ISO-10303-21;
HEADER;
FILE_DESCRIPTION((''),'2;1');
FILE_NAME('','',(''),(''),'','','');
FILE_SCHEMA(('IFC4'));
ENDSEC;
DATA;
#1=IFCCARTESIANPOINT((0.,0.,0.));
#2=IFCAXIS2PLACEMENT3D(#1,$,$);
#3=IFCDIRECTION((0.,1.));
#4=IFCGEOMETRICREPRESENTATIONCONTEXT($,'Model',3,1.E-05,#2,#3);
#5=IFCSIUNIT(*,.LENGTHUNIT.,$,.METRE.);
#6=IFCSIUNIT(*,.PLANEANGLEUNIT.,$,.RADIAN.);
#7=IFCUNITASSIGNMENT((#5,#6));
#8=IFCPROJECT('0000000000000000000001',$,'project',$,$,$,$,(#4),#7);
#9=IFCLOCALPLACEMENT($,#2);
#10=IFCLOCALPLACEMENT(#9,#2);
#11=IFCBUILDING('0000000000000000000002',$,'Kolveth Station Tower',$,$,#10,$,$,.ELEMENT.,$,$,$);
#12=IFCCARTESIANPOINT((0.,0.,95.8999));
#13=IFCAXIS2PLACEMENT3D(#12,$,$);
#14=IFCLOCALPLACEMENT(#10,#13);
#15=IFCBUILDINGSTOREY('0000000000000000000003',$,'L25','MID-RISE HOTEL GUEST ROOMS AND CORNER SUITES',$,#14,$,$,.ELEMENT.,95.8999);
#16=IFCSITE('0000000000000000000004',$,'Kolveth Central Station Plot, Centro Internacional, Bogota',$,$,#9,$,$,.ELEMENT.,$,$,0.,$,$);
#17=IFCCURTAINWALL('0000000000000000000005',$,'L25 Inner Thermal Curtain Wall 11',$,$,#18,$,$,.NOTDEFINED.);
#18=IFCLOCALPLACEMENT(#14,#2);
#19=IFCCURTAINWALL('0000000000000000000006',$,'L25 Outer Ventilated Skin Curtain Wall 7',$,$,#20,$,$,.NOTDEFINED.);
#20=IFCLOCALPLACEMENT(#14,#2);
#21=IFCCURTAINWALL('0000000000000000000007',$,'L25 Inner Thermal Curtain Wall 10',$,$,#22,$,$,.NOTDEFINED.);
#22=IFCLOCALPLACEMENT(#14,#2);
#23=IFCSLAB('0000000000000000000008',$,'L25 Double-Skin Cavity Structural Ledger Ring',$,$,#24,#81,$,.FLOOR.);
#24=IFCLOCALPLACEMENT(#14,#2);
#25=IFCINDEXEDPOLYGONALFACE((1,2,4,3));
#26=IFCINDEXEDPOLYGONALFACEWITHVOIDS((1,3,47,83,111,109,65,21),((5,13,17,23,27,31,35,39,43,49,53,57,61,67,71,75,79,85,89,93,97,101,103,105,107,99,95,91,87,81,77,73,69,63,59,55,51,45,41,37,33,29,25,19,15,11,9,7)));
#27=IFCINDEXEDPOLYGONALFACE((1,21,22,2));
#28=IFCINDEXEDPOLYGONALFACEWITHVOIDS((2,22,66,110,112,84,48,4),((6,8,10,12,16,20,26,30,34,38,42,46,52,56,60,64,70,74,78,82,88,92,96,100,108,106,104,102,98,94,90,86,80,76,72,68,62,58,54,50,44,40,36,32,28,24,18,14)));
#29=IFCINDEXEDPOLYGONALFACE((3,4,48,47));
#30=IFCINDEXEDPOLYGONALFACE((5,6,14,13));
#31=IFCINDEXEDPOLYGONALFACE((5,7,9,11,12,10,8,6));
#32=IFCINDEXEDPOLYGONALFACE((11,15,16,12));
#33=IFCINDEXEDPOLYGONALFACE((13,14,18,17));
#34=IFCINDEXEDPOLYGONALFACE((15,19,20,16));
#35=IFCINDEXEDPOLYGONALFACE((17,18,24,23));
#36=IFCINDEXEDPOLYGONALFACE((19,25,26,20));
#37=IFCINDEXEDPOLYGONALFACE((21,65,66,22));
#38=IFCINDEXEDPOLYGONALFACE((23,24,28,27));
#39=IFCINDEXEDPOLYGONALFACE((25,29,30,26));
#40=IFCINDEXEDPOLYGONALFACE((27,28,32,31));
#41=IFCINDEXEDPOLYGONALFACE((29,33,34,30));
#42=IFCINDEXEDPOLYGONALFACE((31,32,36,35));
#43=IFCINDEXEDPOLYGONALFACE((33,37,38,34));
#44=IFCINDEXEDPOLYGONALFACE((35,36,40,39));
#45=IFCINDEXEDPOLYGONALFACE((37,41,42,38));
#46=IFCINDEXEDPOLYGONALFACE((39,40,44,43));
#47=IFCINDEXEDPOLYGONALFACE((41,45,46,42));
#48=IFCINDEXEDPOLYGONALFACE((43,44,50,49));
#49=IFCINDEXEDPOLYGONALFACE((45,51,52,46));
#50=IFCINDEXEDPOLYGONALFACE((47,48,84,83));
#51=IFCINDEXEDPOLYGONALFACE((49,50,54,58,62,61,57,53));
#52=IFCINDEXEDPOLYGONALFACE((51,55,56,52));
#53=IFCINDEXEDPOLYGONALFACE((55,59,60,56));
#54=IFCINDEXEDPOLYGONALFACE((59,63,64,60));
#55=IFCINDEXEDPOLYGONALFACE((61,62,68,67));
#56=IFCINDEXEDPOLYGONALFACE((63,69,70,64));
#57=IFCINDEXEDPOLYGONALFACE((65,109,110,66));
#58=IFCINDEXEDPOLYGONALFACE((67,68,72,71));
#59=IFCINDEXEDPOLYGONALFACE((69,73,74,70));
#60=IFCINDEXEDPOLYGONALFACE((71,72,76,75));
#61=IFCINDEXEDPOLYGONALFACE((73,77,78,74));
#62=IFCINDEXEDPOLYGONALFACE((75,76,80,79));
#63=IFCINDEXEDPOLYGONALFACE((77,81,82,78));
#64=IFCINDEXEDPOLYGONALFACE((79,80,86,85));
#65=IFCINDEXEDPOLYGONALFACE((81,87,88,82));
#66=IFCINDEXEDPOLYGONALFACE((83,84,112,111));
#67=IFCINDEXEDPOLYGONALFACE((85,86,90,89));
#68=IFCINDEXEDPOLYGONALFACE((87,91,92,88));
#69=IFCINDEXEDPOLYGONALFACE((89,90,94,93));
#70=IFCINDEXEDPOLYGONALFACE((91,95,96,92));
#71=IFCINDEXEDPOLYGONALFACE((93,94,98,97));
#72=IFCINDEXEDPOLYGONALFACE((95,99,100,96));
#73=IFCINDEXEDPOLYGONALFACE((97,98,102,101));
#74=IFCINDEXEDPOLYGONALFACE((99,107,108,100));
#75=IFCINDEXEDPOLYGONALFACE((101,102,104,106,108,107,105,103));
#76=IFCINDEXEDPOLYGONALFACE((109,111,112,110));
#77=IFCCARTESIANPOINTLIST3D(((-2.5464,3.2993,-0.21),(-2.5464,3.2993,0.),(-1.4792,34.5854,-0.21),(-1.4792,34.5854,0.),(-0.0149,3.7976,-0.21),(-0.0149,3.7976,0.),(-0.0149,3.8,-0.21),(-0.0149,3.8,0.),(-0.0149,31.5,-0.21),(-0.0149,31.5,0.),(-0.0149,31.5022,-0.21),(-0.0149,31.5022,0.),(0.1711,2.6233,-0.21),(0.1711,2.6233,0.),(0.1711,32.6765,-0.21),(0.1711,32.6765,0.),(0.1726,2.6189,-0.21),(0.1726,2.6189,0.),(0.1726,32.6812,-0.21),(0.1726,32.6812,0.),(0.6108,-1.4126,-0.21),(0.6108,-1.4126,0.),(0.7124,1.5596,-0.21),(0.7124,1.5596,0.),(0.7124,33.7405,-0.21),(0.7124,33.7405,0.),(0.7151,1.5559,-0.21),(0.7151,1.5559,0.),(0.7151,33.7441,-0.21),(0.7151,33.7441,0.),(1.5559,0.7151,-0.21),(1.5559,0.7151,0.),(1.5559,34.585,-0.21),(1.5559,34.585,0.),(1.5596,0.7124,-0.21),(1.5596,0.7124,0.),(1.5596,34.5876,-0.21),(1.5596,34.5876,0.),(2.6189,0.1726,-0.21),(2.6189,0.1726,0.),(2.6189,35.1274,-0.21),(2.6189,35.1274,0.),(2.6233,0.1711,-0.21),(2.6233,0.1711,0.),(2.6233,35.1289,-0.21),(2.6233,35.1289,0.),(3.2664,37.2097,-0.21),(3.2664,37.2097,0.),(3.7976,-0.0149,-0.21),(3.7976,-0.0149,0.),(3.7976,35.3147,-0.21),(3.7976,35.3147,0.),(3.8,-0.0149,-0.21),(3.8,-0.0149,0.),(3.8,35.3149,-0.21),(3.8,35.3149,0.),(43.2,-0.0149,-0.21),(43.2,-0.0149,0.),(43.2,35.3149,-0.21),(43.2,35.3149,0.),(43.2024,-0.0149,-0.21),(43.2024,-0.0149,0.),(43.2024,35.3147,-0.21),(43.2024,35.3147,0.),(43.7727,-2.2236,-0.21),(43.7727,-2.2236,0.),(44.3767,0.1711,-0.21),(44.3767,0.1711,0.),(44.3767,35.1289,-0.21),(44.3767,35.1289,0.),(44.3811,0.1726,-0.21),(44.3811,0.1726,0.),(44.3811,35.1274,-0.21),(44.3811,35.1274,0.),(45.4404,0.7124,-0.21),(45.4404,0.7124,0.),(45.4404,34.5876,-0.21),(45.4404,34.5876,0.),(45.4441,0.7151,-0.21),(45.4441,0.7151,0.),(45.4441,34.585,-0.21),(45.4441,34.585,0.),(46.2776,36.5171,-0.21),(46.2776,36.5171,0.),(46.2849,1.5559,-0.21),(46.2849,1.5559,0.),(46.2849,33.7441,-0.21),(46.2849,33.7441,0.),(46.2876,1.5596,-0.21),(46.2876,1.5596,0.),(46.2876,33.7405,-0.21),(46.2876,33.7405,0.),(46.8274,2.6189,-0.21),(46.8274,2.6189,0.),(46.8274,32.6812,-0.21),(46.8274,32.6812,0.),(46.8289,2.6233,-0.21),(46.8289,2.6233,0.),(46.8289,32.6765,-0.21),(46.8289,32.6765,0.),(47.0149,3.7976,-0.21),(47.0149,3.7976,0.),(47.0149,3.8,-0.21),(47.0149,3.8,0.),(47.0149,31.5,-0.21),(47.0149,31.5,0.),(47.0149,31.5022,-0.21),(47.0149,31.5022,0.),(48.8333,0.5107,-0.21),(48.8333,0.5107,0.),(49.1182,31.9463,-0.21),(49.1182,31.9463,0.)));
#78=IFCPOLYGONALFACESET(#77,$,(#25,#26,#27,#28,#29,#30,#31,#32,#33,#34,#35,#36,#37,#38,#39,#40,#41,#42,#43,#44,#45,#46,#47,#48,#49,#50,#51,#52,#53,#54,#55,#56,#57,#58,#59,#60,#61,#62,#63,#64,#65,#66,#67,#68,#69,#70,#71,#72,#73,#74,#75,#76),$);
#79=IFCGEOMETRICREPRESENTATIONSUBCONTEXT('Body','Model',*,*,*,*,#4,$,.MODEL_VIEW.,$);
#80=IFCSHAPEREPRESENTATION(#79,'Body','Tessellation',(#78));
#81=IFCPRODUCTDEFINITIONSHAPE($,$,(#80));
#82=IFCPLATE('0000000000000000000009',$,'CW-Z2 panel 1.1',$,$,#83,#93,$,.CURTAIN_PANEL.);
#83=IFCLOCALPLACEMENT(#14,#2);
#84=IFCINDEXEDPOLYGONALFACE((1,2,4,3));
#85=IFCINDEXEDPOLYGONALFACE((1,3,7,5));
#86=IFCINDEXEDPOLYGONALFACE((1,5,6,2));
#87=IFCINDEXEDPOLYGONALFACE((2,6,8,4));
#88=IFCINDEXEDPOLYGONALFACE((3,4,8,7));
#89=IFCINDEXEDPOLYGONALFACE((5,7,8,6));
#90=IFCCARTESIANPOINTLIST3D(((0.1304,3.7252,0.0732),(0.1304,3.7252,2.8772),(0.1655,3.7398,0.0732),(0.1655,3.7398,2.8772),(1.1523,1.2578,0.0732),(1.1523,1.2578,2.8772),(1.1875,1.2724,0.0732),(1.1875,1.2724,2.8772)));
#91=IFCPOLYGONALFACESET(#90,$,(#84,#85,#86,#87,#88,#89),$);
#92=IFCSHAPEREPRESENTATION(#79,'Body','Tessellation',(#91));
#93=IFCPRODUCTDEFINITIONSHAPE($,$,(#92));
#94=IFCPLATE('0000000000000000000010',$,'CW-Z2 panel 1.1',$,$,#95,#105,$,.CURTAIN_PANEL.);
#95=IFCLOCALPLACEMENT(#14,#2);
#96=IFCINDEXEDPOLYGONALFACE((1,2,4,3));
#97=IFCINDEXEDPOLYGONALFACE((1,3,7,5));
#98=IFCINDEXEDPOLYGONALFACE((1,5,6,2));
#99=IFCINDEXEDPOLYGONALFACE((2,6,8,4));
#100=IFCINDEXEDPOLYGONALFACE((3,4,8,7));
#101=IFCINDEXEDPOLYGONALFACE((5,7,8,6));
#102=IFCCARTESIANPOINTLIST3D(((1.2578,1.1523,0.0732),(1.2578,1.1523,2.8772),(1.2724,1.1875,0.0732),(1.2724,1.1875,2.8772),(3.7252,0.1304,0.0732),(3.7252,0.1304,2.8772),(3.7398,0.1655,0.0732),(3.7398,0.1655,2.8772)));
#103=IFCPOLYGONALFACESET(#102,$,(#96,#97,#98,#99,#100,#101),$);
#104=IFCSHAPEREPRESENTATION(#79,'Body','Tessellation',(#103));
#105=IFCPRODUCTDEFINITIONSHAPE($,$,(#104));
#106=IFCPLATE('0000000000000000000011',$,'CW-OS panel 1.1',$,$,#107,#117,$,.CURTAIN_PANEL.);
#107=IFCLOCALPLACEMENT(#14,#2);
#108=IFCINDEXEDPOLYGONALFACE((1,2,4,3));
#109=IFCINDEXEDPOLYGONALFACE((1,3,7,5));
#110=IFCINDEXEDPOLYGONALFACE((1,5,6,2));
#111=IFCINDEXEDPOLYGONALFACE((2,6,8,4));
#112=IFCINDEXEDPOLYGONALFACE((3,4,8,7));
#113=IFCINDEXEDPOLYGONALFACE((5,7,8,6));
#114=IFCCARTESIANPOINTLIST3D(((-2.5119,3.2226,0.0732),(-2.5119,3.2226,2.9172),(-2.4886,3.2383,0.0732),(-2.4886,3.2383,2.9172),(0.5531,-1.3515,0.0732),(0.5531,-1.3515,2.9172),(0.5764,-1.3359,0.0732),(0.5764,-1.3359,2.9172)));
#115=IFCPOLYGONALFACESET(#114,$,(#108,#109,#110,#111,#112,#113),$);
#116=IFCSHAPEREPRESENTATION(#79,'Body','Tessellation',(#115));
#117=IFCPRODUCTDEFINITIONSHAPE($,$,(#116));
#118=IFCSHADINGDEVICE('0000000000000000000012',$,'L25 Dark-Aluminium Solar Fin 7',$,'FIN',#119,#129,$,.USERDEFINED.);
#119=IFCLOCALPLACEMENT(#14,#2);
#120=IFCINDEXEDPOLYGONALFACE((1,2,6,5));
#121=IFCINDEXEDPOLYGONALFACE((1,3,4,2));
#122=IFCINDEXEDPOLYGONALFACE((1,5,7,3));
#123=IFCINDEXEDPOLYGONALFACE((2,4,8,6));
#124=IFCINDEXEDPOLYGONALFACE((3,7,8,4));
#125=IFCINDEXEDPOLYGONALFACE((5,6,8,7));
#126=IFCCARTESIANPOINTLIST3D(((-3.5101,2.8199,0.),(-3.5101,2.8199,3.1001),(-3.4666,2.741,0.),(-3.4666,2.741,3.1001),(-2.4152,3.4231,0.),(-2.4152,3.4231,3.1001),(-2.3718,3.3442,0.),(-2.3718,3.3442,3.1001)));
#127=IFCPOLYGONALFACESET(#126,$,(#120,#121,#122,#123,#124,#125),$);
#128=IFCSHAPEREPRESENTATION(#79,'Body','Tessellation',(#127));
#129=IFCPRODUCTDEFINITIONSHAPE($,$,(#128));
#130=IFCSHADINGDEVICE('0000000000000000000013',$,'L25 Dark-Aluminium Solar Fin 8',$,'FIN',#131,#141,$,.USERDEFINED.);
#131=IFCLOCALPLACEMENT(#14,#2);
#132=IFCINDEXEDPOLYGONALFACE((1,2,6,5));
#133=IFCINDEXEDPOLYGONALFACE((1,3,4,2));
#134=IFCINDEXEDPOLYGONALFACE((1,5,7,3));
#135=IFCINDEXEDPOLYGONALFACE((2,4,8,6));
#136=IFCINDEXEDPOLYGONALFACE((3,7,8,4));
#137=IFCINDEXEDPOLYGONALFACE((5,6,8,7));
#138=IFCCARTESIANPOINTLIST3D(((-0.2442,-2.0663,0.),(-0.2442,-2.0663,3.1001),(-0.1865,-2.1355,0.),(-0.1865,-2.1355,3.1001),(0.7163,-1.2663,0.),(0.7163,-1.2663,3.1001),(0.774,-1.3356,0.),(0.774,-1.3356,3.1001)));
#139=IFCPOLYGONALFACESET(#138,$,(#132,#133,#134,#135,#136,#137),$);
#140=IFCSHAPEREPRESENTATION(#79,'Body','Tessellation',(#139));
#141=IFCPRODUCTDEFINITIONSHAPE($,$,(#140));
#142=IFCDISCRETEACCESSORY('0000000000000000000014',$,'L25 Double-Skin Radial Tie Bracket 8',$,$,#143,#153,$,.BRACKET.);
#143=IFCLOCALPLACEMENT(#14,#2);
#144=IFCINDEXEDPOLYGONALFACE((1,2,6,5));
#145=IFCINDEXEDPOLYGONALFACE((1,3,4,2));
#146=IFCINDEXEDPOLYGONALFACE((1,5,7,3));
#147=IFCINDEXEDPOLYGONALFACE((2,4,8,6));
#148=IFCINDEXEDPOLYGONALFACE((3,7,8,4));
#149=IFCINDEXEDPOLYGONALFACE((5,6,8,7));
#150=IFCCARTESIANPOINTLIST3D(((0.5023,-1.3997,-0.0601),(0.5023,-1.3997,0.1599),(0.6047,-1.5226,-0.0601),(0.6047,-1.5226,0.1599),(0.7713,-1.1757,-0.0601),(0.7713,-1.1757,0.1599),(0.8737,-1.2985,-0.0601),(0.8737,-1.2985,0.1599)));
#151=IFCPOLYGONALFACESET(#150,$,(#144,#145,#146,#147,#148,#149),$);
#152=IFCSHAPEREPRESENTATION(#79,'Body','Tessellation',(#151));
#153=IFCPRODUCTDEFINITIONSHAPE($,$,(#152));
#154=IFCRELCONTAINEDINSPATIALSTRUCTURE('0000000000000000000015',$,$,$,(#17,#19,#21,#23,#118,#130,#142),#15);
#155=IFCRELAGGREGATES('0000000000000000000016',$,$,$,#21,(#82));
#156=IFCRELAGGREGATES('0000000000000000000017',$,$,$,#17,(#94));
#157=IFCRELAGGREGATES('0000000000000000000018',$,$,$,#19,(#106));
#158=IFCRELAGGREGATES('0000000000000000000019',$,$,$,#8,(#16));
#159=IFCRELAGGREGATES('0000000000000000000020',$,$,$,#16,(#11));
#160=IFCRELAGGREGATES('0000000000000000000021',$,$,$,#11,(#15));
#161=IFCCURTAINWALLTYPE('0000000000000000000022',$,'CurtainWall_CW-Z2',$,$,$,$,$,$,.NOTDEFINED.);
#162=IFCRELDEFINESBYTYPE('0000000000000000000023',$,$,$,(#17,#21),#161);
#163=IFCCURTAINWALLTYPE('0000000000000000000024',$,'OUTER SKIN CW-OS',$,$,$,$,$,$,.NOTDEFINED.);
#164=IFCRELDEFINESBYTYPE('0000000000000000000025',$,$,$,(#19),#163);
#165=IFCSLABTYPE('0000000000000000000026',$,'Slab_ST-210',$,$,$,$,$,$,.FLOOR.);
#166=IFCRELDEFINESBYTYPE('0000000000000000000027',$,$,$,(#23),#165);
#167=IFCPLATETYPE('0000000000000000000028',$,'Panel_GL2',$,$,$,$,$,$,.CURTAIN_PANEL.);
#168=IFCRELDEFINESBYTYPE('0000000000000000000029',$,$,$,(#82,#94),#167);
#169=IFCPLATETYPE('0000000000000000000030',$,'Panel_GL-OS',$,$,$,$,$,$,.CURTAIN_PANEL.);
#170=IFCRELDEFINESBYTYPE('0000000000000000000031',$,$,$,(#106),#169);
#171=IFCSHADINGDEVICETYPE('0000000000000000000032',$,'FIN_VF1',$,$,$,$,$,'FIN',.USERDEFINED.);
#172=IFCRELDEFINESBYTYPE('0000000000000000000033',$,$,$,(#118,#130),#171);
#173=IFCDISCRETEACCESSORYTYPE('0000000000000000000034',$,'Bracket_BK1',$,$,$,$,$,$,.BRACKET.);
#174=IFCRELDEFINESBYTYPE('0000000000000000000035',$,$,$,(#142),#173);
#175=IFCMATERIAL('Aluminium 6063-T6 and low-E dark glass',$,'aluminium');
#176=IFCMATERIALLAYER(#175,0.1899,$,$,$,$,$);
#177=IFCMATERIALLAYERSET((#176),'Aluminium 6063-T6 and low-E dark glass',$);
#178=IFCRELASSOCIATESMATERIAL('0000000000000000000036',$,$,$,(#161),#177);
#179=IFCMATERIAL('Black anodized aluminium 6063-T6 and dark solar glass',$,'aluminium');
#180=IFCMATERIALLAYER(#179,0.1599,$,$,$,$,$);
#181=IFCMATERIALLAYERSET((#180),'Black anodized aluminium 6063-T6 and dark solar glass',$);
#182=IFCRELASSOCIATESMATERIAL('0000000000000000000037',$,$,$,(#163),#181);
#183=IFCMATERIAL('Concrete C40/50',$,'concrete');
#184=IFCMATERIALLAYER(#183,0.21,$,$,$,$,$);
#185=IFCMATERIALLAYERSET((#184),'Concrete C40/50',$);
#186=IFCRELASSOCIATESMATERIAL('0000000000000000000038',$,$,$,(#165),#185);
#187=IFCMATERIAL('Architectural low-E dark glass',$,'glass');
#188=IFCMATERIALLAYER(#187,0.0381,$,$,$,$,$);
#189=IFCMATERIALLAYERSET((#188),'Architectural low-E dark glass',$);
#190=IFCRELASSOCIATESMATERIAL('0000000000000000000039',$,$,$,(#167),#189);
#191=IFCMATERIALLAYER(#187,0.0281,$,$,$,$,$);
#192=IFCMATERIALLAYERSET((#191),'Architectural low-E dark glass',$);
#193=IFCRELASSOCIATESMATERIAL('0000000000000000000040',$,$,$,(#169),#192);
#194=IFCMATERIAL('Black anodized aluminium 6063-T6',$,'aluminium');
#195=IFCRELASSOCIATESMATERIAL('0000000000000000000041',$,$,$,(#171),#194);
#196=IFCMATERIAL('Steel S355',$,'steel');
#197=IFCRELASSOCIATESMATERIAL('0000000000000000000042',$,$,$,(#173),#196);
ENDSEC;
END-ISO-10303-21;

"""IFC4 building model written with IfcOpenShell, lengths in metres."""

from ifc_helpers import new_model, si_unit, direction, frame, origin, origin_2d, place, context, subcontext, project, spatial, polyline, rectangle, outline, extrude, source, transform, mapped, material, layer, layer_set, type_object, element, aggregate, save


model = new_model("IFC4")

# Units and contexts
model_context = context("Model", 3, precision=1e-05, world=origin(), true_north=direction((0.0, 1.0)))
body_context = subcontext(model_context, "Body", "Model", "MODEL_VIEW")
ifc_project = project(units=[si_unit("LENGTHUNIT", "METRE"), si_unit("PLANEANGLEUNIT", "RADIAN")], contexts=[model_context])

# Site, building, storey
site_placement = place(None, origin())
site = spatial("IfcSite", under=ifc_project, at=site_placement, Name="Kolveth Central Station Plot, Centro Internacional, Bogota", CompositionType="ELEMENT", RefElevation=0.0)
building_placement = place(site_placement, origin())
building = spatial("IfcBuilding", under=site, at=building_placement, Name="Kolveth Station Tower", CompositionType="ELEMENT")
storey_placement = place(building_placement, frame((0.0, 0.0, 95.8999)))
storey = spatial("IfcBuildingStorey", under=building, at=storey_placement, Name="L25", Description="MID-RISE HOTEL GUEST ROOMS AND CORNER SUITES", CompositionType="ELEMENT", Elevation=95.8999)

# Curtain wall
ifc_material_1 = material(Name="Aluminium 6063-T6 and low-E dark glass", Category="aluminium")
ifc_layer_1 = layer(ifc_material_1, 0.1899)
ifc_layer_set_1 = layer_set([ifc_layer_1], Name="Aluminium 6063-T6 and low-E dark glass")
curtain_wall_type_1 = type_object("IfcCurtainWallType", Name="CurtainWall_CW-Z2", PredefinedType="NOTDEFINED", material=ifc_layer_set_1)
curtain_wall_1_placement = place(storey_placement, origin())
curtain_wall_1 = element("IfcCurtainWall", 1, at=curtain_wall_1_placement, inside=storey, type_object=curtain_wall_type_1, Name="L25 Inner Thermal Curtain Wall 11", PredefinedType="NOTDEFINED")
ifc_material_2 = material(Name="Black anodized aluminium 6063-T6", Category="aluminium")

# Curtain walls
ifc_material_3 = material(Name="Black anodized aluminium 6063-T6 and dark solar glass", Category="aluminium")
ifc_layer_2 = layer(ifc_material_3, 0.1599)
ifc_layer_set_2 = layer_set([ifc_layer_2], Name="Black anodized aluminium 6063-T6 and dark solar glass")
curtain_wall_type_2 = type_object("IfcCurtainWallType", Name="OUTER SKIN CW-OS", PredefinedType="NOTDEFINED", material=ifc_layer_set_2)
curtain_wall_2_placement = place(storey_placement, origin())
curtain_wall_2 = element("IfcCurtainWall", 2, at=curtain_wall_2_placement, inside=storey, type_object=curtain_wall_type_2, Name="L25 Outer Ventilated Skin Curtain Wall 7", PredefinedType="NOTDEFINED")
curtain_wall_3_placement = place(storey_placement, origin())
curtain_wall_3 = element("IfcCurtainWall", 3, at=curtain_wall_3_placement, inside=storey, type_object=curtain_wall_type_1, Name="L25 Inner Thermal Curtain Wall 10", PredefinedType="NOTDEFINED")

# Shared definitions
ifc_material_4 = material(Name="Concrete C40/50", Category="concrete")

# Slab
ifc_layer_3 = layer(ifc_material_4, 0.21)
ifc_layer_set_3 = layer_set([ifc_layer_3], Name="Concrete C40/50")
slab_type_1 = type_object("IfcSlabType", Name="Slab_ST-210", PredefinedType="FLOOR", material=ifc_layer_set_3)
slab_1_placement = place(storey_placement, frame((0.0, 0.0, -0.21)))
element("IfcSlab", 4, at=slab_1_placement, inside=storey, type_object=slab_type_1, Name="L25 Double-Skin Cavity Structural Ledger Ring", PredefinedType="FLOOR", context=body_context, shape_type="SweptSolid", body=[
    extrude(outline(polyline([(0.6108, -1.4126), (-2.5464, 3.2993), (-1.4792, 34.5854), (3.2664, 37.2097), (46.2776, 36.5171), (49.1182, 31.9463), (48.8333, 0.5107), (43.7727, -2.2236), (0.6108, -1.4126)]), holes=[polyline([(43.2024, -0.0149), (44.3767, 0.1711), (44.3811, 0.1726), (45.4404, 0.7124), (45.4441, 0.7151), (46.2849, 1.5559), (46.2876, 1.5596), (46.8274, 2.6189), (46.8289, 2.6233), (47.0149, 3.7976), (47.0149, 3.8), (47.0149, 31.5), (47.0149, 31.5022), (46.8289, 32.6765), (46.8274, 32.6812), (46.2876, 33.7405), (46.2849, 33.7441), (45.4441, 34.585), (45.4404, 34.5876), (44.3811, 35.1274), (44.3767, 35.1289), (43.2024, 35.3147), (43.2, 35.3149), (3.8, 35.3149), (3.7976, 35.3147), (2.6233, 35.1289), (2.6189, 35.1274), (1.5596, 34.5876), (1.5559, 34.585), (0.7151, 33.7441), (0.7124, 33.7405), (0.1726, 32.6812), (0.1711, 32.6765), (-0.0149, 31.5022), (-0.0149, 31.5), (-0.0149, 3.8), (-0.0149, 3.7976), (0.1711, 2.6233), (0.1726, 2.6189), (0.7124, 1.5596), (0.7151, 1.5559), (1.5559, 0.7151), (1.5596, 0.7124), (2.6189, 0.1726), (2.6233, 0.1711), (3.7976, -0.0149), (3.8, -0.0149), (43.2, -0.0149), (43.2024, -0.0149)])]), origin(), (0.0, 0.0, 1.0), 0.21),
])

# Plates
ifc_material_5 = material(Name="Architectural low-E dark glass", Category="glass")
ifc_layer_4 = layer(ifc_material_5, 0.0381)
ifc_layer_set_4 = layer_set([ifc_layer_4], Name="Architectural low-E dark glass")
plate_type_1 = type_object("IfcPlateType", Name="Panel_GL2", PredefinedType="CURTAIN_PANEL", material=ifc_layer_set_4)
shared_shape_1 = source(origin(), body_context, "Body", "SweptSolid", [
    extrude(rectangle(XDim=2.6707, YDim=0.0381, at=origin_2d()), origin(), (0.0, 0.0, 1.0), 2.804),
])
plate_1_placement = place(storey_placement, frame((0.6589, 2.4988, 0.0732), z_axis=(0.0, 0.0, 1.0), x_axis=(0.382663, -0.923888, 0.0)))
plate_1 = element("IfcPlate", 5, at=plate_1_placement, type_object=plate_type_1, Name="CW-Z2 panel 1.1", PredefinedType="CURTAIN_PANEL", context=body_context, shape_type="MappedRepresentation", body=[
    mapped(shared_shape_1, transform((0.0, 0.0, 0.0), x_axis=(1.0, 0.0, 0.0), y_axis=(0.0, 1.0, 0.0), z_axis=(0.0, 0.0, 1.0), scale=1.0)),
])
aggregate(curtain_wall_3, [plate_1])
plate_2_placement = place(storey_placement, frame((2.4988, 0.6589, 0.0732), z_axis=(0.0, 0.0, 1.0), x_axis=(0.923888, -0.382663, 0.0)))
plate_2 = element("IfcPlate", 6, at=plate_2_placement, type_object=plate_type_1, Name="CW-Z2 panel 1.1", PredefinedType="CURTAIN_PANEL", context=body_context, shape_type="MappedRepresentation", body=[
    mapped(shared_shape_1, transform((0.0, 0.0, 0.0), x_axis=(1.0, 0.0, 0.0), y_axis=(0.0, 1.0, 0.0), z_axis=(0.0, 0.0, 1.0), scale=1.0)),
])
aggregate(curtain_wall_1, [plate_2])
ifc_layer_5 = layer(ifc_material_5, 0.0281)
ifc_layer_set_5 = layer_set([ifc_layer_5], Name="Architectural low-E dark glass")
plate_type_2 = type_object("IfcPlateType", Name="Panel_GL-OS", PredefinedType="CURTAIN_PANEL", material=ifc_layer_set_5)
shared_shape_2 = source(origin(), body_context, "Body", "SweptSolid", [
    extrude(rectangle(XDim=5.5061, YDim=0.0281, at=origin_2d()), origin(), (0.0, 0.0, 1.0), 2.844),
])
plate_3_placement = place(storey_placement, frame((-0.9678, 0.9434, 0.0732), z_axis=(0.0, 0.0, 1.0), x_axis=(0.556652, -0.830746, 0.0)))
plate_3 = element("IfcPlate", 7, at=plate_3_placement, type_object=plate_type_2, Name="CW-OS panel 1.1", PredefinedType="CURTAIN_PANEL", context=body_context, shape_type="MappedRepresentation", body=[
    mapped(shared_shape_2, transform((0.0, 0.0, 0.0), x_axis=(1.0, 0.0, 0.0), y_axis=(0.0, 1.0, 0.0), z_axis=(0.0, 0.0, 1.0), scale=1.0)),
])
aggregate(curtain_wall_2, [plate_3])

# Shading devices
shading_device_type = type_object("IfcShadingDeviceType", Name="FIN_VF1", ElementType="FIN", PredefinedType="USERDEFINED", material=ifc_material_2)
shared_shape_3 = source(origin(), body_context, "Body", "SweptSolid", [
    extrude(rectangle(XDim=1.25, YDim=0.0901, at=origin_2d()), origin(), (0.0, 0.0, 1.0), 3.1001),
])
for number, where, z_axis, x_axis, name in (
    (8, (-2.9409, 3.082, 0.0), (0.0, 0.0, 1.0), (-0.875886, -0.482518, 0.0), "L25 Dark-Aluminium Solar Fin 7"),
    (9, (0.2649, -1.7009, 0.0), (0.0, 0.0, 1.0), (-0.768395, -0.639976, 0.0), "L25 Dark-Aluminium Solar Fin 8"),
):
    element("IfcShadingDevice", number, at=place(storey_placement, frame(where, z_axis=z_axis, x_axis=x_axis)), inside=storey, type_object=shading_device_type, Name=name, ObjectType="FIN", PredefinedType="USERDEFINED", context=body_context, shape_type="MappedRepresentation", body=[
        mapped(shared_shape_3, transform((0.0, 0.0, 0.0), x_axis=(1.0, 0.0, 0.0), y_axis=(0.0, 1.0, 0.0), z_axis=(0.0, 0.0, 1.0), scale=1.0)),
    ])

# Discrete accessory
ifc_material_6 = material(Name="Steel S355", Category="steel")
discrete_accessory_type = type_object("IfcDiscreteAccessoryType", Name="Bracket_BK1", PredefinedType="BRACKET", material=ifc_material_6)
shared_shape_4 = source(origin(), body_context, "Body", "SweptSolid", [
    extrude(rectangle(XDim=0.3501, YDim=0.1599, at=origin_2d()), origin(), (0.0, 0.0, 1.0), 0.22),
])
discrete_accessory_placement = place(storey_placement, frame((0.688, -1.3491, -0.0601), z_axis=(0.0, 0.0, 1.0), x_axis=(-0.768395, -0.639976, 0.0)))
element("IfcDiscreteAccessory", 10, at=discrete_accessory_placement, inside=storey, type_object=discrete_accessory_type, Name="L25 Double-Skin Radial Tie Bracket 8", PredefinedType="BRACKET", context=body_context, shape_type="MappedRepresentation", body=[
    mapped(shared_shape_4, transform((0.0, 0.0, 0.0), x_axis=(1.0, 0.0, 0.0), y_axis=(0.0, 1.0, 0.0), z_axis=(0.0, 0.0, 1.0), scale=1.0)),
])

save(model, "model.ifc")
